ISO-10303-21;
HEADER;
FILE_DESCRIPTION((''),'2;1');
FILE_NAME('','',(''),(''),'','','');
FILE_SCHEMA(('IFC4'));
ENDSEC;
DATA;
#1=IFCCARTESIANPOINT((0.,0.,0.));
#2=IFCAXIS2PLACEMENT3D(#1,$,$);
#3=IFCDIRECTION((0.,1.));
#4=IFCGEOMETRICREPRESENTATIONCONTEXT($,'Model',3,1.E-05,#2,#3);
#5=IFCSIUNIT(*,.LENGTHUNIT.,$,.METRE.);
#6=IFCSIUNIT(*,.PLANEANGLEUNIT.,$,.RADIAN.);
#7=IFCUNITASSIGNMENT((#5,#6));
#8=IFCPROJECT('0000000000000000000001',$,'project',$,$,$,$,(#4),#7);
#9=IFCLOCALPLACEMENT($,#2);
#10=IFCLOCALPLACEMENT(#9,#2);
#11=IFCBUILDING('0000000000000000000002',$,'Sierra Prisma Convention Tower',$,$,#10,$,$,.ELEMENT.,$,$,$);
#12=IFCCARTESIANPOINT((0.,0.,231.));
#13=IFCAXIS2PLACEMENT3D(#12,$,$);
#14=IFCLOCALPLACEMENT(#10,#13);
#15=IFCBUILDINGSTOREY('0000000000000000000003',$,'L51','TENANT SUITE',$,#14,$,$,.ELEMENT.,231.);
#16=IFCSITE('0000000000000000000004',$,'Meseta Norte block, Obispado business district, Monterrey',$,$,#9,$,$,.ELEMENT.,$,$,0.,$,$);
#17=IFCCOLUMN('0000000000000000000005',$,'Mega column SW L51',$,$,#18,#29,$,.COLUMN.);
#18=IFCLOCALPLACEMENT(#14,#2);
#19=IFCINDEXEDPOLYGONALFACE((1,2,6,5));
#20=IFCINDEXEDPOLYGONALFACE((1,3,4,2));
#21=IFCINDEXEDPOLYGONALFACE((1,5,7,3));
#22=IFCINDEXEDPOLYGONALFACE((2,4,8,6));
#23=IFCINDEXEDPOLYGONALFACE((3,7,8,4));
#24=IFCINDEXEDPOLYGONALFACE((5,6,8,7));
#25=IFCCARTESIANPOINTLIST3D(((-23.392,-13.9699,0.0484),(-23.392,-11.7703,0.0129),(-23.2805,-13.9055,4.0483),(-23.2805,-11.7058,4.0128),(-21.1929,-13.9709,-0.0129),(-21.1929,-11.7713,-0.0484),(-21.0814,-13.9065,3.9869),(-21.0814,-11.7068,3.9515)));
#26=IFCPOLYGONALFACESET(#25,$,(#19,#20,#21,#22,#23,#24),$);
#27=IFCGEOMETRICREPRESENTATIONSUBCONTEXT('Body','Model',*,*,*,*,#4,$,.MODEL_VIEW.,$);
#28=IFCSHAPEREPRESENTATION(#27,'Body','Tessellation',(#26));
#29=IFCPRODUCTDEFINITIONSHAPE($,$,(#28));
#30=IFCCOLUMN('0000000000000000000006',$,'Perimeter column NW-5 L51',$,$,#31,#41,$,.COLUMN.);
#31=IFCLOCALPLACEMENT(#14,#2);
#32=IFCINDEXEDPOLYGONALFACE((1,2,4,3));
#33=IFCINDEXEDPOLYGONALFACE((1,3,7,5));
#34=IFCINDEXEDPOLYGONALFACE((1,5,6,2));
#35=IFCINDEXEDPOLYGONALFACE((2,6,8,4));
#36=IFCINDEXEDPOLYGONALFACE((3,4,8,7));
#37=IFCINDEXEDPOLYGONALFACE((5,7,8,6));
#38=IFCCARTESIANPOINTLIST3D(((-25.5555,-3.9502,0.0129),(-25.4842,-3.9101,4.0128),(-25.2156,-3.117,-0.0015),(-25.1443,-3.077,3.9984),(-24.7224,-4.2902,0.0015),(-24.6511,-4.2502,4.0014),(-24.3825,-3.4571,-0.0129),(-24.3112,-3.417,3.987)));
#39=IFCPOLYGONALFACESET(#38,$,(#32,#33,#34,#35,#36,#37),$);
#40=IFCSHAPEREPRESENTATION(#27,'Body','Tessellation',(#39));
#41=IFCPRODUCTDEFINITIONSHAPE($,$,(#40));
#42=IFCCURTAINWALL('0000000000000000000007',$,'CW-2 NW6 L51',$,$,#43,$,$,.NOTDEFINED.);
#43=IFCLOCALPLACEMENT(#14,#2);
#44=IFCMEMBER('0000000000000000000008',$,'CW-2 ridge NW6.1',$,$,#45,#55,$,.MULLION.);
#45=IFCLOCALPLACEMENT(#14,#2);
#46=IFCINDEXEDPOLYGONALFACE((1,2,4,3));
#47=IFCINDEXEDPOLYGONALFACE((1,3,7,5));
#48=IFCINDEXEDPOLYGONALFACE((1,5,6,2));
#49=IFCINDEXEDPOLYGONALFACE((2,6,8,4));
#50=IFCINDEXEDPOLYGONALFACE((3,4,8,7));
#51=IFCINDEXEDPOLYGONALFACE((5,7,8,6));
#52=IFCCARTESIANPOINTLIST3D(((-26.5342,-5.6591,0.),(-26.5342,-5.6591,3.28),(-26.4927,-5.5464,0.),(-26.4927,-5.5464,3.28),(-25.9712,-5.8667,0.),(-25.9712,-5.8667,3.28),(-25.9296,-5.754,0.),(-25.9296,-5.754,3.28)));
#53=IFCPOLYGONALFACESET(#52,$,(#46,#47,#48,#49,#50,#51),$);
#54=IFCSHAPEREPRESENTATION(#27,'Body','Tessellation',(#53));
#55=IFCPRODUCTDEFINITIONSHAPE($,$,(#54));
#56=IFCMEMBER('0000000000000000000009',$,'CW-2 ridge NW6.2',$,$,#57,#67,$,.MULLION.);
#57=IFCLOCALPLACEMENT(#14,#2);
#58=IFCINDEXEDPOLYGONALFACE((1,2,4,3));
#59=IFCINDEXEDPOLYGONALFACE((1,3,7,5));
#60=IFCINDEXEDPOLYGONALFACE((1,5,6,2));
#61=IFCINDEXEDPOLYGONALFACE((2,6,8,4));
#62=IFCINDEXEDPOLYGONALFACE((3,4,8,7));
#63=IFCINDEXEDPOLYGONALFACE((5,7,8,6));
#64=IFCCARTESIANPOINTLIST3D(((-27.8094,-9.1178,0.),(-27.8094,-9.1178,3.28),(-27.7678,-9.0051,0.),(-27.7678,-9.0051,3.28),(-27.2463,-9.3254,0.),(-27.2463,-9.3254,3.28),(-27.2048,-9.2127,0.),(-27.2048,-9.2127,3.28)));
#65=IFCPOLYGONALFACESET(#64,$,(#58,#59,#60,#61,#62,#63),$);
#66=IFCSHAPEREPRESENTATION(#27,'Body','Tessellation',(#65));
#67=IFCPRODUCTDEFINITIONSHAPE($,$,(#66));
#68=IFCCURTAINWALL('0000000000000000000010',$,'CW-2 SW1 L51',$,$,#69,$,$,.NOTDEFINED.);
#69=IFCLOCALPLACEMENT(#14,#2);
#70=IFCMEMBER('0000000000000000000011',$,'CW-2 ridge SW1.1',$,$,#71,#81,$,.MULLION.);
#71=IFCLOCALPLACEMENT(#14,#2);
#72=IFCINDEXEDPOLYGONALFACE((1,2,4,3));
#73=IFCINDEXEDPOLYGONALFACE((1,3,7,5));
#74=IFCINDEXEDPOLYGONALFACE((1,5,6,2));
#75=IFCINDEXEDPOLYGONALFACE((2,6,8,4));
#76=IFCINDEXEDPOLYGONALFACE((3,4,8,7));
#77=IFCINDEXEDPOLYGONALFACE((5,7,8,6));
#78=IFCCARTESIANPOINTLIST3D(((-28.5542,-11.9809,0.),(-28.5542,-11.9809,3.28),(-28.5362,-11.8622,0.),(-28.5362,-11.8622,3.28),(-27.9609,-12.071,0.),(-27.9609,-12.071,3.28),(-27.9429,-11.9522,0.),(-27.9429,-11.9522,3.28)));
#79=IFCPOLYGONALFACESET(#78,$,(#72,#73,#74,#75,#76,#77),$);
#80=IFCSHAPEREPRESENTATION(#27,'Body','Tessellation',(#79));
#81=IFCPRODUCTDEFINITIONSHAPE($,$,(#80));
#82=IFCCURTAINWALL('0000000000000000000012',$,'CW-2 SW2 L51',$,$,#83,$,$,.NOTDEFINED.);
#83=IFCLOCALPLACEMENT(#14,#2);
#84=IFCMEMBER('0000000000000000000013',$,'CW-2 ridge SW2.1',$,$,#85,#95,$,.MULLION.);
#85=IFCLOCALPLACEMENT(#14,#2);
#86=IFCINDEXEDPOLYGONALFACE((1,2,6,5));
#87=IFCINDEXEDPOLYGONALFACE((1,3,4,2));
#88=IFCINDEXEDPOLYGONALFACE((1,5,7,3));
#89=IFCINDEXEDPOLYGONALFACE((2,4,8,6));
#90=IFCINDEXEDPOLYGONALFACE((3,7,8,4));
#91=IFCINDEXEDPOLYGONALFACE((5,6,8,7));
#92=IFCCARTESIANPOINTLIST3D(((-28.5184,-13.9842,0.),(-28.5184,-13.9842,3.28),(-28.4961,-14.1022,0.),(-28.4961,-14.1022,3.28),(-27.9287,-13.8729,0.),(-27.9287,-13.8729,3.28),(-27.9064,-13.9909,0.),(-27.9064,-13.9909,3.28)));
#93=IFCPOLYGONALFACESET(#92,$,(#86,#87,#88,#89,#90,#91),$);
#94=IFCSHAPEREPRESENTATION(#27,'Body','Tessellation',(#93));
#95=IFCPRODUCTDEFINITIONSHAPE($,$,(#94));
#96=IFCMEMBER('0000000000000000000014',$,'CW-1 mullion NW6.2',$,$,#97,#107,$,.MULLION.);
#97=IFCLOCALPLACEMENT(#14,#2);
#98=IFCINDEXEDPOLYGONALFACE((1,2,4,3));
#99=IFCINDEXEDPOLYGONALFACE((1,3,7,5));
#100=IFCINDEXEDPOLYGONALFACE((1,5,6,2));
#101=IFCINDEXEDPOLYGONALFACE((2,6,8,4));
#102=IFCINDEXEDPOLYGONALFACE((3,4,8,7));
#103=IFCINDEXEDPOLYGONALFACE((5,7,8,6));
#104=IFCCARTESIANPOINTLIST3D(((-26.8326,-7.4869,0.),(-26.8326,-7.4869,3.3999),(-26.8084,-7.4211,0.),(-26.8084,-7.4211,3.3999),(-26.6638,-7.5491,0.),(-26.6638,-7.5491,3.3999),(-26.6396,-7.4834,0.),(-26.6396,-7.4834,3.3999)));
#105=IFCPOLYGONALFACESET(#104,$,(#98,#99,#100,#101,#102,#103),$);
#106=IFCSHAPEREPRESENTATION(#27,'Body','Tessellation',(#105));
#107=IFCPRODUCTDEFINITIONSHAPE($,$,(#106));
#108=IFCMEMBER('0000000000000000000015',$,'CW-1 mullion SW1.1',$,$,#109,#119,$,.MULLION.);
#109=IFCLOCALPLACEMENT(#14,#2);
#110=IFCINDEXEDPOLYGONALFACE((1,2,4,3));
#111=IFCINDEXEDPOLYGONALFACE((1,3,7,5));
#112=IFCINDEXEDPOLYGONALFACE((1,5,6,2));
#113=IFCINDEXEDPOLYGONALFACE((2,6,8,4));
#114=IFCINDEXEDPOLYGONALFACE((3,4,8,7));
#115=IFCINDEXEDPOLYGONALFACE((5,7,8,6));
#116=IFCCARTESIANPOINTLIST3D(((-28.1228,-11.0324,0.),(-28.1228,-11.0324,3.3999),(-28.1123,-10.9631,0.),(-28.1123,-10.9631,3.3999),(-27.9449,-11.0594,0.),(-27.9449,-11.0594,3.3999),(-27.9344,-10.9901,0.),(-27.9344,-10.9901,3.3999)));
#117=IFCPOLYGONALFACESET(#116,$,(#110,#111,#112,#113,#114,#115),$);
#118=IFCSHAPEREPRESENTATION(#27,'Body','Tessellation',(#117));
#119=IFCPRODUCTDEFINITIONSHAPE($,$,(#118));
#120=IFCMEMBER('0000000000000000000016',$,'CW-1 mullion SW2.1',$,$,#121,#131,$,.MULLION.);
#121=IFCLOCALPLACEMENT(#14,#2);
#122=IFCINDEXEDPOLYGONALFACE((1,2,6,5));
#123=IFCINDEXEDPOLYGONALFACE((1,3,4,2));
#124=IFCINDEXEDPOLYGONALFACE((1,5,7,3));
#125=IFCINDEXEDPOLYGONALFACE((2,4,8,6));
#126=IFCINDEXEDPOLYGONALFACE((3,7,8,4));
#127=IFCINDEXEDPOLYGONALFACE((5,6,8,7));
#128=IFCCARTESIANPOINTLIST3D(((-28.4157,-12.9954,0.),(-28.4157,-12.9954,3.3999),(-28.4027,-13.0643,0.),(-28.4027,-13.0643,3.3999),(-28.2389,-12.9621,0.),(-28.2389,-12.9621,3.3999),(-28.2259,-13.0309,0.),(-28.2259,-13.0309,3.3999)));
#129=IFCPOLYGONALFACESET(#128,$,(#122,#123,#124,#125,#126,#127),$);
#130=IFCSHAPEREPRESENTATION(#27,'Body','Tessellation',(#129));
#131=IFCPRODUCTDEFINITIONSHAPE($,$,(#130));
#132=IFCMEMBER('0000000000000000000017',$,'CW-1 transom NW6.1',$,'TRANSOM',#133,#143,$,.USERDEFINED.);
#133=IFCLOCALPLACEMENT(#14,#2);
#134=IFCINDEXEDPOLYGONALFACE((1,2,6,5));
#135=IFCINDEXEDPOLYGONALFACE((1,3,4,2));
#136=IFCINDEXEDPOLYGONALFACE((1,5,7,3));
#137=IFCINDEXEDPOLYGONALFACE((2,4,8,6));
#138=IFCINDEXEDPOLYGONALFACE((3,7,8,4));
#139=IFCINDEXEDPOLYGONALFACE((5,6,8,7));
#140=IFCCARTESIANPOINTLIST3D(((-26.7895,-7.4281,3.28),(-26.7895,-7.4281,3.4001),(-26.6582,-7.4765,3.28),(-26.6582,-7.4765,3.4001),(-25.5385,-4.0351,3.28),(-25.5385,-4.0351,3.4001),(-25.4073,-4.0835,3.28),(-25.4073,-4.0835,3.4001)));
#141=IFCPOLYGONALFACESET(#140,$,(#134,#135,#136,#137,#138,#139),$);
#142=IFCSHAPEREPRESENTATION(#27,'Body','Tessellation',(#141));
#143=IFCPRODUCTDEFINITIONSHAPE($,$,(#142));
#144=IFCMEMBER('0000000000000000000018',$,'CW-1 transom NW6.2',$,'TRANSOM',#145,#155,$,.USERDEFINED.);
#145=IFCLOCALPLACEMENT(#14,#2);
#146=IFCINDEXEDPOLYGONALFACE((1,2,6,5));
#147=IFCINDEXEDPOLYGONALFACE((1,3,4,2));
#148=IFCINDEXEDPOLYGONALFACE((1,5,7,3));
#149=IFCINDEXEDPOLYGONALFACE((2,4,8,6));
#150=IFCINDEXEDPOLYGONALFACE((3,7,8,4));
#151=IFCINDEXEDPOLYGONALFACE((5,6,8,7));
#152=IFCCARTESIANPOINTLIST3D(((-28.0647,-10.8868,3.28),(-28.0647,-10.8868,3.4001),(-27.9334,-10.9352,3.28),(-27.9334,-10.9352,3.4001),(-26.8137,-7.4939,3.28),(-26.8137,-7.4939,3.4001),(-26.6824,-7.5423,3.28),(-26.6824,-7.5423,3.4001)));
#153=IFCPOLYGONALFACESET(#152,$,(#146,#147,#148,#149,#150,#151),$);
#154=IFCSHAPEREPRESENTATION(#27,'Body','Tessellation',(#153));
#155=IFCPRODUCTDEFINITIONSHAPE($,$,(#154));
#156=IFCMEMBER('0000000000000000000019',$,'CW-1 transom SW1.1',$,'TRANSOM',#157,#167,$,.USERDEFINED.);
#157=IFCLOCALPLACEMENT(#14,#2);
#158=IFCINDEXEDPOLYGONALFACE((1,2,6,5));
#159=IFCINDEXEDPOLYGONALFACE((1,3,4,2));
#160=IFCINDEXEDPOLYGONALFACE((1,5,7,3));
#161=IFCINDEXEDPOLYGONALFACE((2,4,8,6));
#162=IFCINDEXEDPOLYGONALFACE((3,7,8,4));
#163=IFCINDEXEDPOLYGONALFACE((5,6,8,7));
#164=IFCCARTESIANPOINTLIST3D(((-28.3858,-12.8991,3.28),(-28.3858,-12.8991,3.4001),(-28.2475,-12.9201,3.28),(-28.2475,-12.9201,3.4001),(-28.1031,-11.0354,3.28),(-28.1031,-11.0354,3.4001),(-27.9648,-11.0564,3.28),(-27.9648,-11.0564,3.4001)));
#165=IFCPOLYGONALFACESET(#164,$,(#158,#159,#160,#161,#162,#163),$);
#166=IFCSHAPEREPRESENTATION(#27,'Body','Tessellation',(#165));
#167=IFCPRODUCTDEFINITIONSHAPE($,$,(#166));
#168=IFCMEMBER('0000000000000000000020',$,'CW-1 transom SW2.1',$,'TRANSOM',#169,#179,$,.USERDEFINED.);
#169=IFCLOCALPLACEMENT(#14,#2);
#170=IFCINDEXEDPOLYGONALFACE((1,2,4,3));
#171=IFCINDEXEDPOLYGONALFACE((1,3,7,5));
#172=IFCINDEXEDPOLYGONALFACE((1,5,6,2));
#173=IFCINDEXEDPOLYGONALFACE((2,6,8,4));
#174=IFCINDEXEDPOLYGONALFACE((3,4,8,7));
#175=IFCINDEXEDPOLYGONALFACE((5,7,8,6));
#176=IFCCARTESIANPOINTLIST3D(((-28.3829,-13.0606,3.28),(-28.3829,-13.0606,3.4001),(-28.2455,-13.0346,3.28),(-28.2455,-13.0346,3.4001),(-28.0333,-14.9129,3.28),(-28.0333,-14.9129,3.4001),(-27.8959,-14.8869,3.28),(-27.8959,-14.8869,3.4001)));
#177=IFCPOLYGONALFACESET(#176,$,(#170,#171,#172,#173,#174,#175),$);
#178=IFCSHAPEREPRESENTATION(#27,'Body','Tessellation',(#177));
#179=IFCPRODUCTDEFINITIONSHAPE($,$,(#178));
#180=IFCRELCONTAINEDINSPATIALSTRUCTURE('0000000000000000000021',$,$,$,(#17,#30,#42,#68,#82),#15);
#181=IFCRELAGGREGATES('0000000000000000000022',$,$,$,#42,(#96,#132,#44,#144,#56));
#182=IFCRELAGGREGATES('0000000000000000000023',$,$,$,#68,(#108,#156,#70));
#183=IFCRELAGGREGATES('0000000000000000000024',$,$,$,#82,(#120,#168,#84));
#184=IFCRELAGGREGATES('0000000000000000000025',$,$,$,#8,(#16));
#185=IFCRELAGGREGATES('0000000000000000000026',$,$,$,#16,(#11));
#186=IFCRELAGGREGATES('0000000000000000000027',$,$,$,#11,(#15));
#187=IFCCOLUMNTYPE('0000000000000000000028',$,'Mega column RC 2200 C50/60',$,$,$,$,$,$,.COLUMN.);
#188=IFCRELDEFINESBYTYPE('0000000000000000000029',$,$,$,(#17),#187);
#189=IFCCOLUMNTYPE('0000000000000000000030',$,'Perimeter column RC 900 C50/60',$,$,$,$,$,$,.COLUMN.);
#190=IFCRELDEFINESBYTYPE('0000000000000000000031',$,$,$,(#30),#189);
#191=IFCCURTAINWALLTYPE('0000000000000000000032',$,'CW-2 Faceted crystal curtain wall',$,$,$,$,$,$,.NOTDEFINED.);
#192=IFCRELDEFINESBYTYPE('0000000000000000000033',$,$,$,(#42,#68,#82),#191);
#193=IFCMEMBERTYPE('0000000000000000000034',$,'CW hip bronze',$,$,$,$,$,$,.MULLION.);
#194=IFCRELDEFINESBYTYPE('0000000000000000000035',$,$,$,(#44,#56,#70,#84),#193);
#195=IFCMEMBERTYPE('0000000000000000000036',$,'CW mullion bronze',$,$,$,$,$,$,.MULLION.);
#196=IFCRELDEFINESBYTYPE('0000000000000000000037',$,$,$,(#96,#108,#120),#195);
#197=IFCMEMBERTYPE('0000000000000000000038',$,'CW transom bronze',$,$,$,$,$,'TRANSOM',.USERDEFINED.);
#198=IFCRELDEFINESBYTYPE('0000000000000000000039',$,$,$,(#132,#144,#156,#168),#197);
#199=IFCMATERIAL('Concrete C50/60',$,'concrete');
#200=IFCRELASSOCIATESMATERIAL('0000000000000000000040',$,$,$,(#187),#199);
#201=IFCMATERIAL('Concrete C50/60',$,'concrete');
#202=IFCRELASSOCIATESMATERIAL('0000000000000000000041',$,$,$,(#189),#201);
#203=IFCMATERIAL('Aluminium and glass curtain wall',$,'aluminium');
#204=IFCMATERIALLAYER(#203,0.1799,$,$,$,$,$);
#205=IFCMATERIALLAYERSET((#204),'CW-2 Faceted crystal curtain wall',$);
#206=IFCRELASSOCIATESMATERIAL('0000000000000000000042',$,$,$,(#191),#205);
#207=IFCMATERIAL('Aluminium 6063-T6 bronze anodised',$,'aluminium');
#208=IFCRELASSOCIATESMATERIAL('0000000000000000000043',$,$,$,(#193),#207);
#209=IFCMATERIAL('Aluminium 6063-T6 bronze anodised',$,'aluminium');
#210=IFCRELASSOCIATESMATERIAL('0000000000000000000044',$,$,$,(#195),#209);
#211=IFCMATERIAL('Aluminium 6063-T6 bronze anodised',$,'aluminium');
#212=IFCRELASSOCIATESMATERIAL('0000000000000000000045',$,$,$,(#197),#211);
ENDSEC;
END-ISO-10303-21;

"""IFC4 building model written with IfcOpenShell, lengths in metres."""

from ifc_helpers import new_model, si_unit, direction, frame, origin, origin_2d, place, context, subcontext, project, spatial, rectangle, extrude, material, layer, layer_set, material_profile, profile_set, type_object, element, aggregate, save


model = new_model("IFC4")

# Units and contexts
model_context = context("Model", 3, precision=1e-05, world=origin(), true_north=direction((0.0, 1.0)))
body_context = subcontext(model_context, "Body", "Model", "MODEL_VIEW")
ifc_project = project(units=[si_unit("LENGTHUNIT", "METRE"), si_unit("PLANEANGLEUNIT", "RADIAN")], contexts=[model_context])

# Site, building, storey
site_placement = place(None, origin())
site = spatial("IfcSite", under=ifc_project, at=site_placement, Name="Meseta Norte block, Obispado business district, Monterrey", CompositionType="ELEMENT", RefElevation=0.0)
building_placement = place(site_placement, origin())
building = spatial("IfcBuilding", under=site, at=building_placement, Name="Sierra Prisma Convention Tower", CompositionType="ELEMENT")
storey_placement = place(building_placement, frame((0.0, 0.0, 231.0)))
storey = spatial("IfcBuildingStorey", under=building, at=storey_placement, Name="L51", Description="TENANT SUITE", CompositionType="ELEMENT", Elevation=231.0)

# Columns
ifc_material_1 = material(Name="Concrete C50/60", Category="concrete")
ifc_material_profile_1 = material_profile(ifc_material_1, rectangle(XDim=2.2, YDim=2.2, at=origin_2d()), Name="Mega column RC 2200 C50/60")
ifc_profile_set_1 = profile_set([ifc_material_profile_1], Name="Concrete C50/60")
column_type_1 = type_object("IfcColumnType", Name="Mega column RC 2200 C50/60", PredefinedType="COLUMN", material=ifc_profile_set_1)
column_1_placement = place(storey_placement, frame((-22.2925, -12.8706, 0.0), z_axis=(0.027879, 0.016105, 0.999482), x_axis=(0.999611, -0.000449, -0.027875)))
element("IfcColumn", 1, at=column_1_placement, inside=storey, type_object=column_type_1, Name="Mega column SW L51", PredefinedType="COLUMN", context=body_context, shape_type="SweptSolid", body=[
    extrude(rectangle(XDim=2.2, YDim=2.2, at=origin_2d()), origin(), (0.0, 0.0, 1.0), 4.002),
])
ifc_material_2 = material(Name="Concrete C50/60", Category="concrete")
ifc_material_profile_2 = material_profile(ifc_material_2, rectangle(XDim=0.8999, YDim=0.8999, at=origin_2d()), Name="Perimeter column RC 900 C50/60")
ifc_profile_set_2 = profile_set([ifc_material_profile_2], Name="Concrete C50/60")
column_type_2 = type_object("IfcColumnType", Name="Perimeter column RC 900 C50/60", PredefinedType="COLUMN", material=ifc_profile_set_2)
column_2_placement = place(storey_placement, frame((-24.969, -3.7036, 0.0), z_axis=(0.017819, 0.010008, 0.999791), x_axis=(0.37764, 0.925814, -0.015998)))
element("IfcColumn", 2, at=column_2_placement, inside=storey, type_object=column_type_2, Name="Perimeter column NW-5 L51", PredefinedType="COLUMN", context=body_context, shape_type="SweptSolid", body=[
    extrude(rectangle(XDim=0.8999, YDim=0.8999, at=origin_2d()), origin(), (0.0, 0.0, 1.0), 4.0007),
])

# Curtain wall, members
ifc_material_3 = material(Name="Aluminium and glass curtain wall", Category="aluminium")
ifc_layer_1 = layer(ifc_material_3, 0.1799)
ifc_layer_set_1 = layer_set([ifc_layer_1], Name="CW-2 Faceted crystal curtain wall")
curtain_wall_type = type_object("IfcCurtainWallType", Name="CW-2 Faceted crystal curtain wall", PredefinedType="NOTDEFINED", material=ifc_layer_set_1)
curtain_wall_1_placement = place(storey_placement, origin())
curtain_wall_1 = element("IfcCurtainWall", 3, at=curtain_wall_1_placement, inside=storey, type_object=curtain_wall_type, Name="CW-2 NW6 L51", PredefinedType="NOTDEFINED")
ifc_material_4 = material(Name="Aluminium 6063-T6 bronze anodised", Category="aluminium")
ifc_material_profile_3 = material_profile(ifc_material_4, rectangle(XDim=0.1201, YDim=0.6001, at=origin_2d()), Name="ALU RIDGE BLADE 120x600")
ifc_profile_set_3 = profile_set([ifc_material_profile_3], Name="Aluminium 6063-T6 bronze anodised")
member_type_1 = type_object("IfcMemberType", Name="CW hip bronze", PredefinedType="MULLION", material=ifc_profile_set_3)
member_1_placement = place(storey_placement, frame((-26.2319, -5.7065, 0.0), z_axis=(0.0, 0.0, 1.0), x_axis=(-0.345939, -0.938257, 0.0)))
member_1 = element("IfcMember", 4, at=member_1_placement, type_object=member_type_1, Name="CW-2 ridge NW6.1", PredefinedType="MULLION", context=body_context, shape_type="SweptSolid", body=[
    extrude(rectangle(XDim=0.1201, YDim=0.6001, at=origin_2d()), origin(), (0.0, 0.0, 1.0), 3.28),
])
member_2_placement = place(storey_placement, frame((-27.5071, -9.1653, 0.0), z_axis=(0.0, 0.0, 1.0), x_axis=(-0.345939, -0.938257, 0.0)))
member_2 = element("IfcMember", 5, at=member_2_placement, type_object=member_type_1, Name="CW-2 ridge NW6.2", PredefinedType="MULLION", context=body_context, shape_type="SweptSolid", body=[
    extrude(rectangle(XDim=0.1201, YDim=0.6001, at=origin_2d()), origin(), (0.0, 0.0, 1.0), 3.28),
])

# Curtain walls, members
curtain_wall_2_placement = place(storey_placement, origin())
curtain_wall_2 = element("IfcCurtainWall", 6, at=curtain_wall_2_placement, inside=storey, type_object=curtain_wall_type, Name="CW-2 SW1 L51", PredefinedType="NOTDEFINED")
member_3_placement = place(storey_placement, frame((-28.2485, -11.9666, 0.0), z_axis=(0.0, 0.0, 1.0), x_axis=(-0.150045, -0.988679, 0.0)))
member_3 = element("IfcMember", 7, at=member_3_placement, type_object=member_type_1, Name="CW-2 ridge SW1.1", PredefinedType="MULLION", context=body_context, shape_type="SweptSolid", body=[
    extrude(rectangle(XDim=0.1201, YDim=0.6001, at=origin_2d()), origin(), (0.0, 0.0, 1.0), 3.28),
])
curtain_wall_3_placement = place(storey_placement, origin())
curtain_wall_3 = element("IfcCurtainWall", 8, at=curtain_wall_3_placement, inside=storey, type_object=curtain_wall_type, Name="CW-2 SW2 L51", PredefinedType="NOTDEFINED")
member_4_placement = place(storey_placement, frame((-28.2124, -13.9875, 0.0), z_axis=(0.0, 0.0, 1.0), x_axis=(0.185413, -0.982661, 0.0)))
member_4 = element("IfcMember", 9, at=member_4_placement, type_object=member_type_1, Name="CW-2 ridge SW2.1", PredefinedType="MULLION", context=body_context, shape_type="SweptSolid", body=[
    extrude(rectangle(XDim=0.1201, YDim=0.6001, at=origin_2d()), origin(), (0.0, 0.0, 1.0), 3.28),
])

# Members
ifc_material_5 = material(Name="Aluminium 6063-T6 bronze anodised", Category="aluminium")
ifc_material_profile_4 = material_profile(ifc_material_5, rectangle(XDim=0.1799, YDim=0.0701, at=origin_2d()), Name="ALU MULLION 70x180")
ifc_profile_set_4 = profile_set([ifc_material_profile_4], Name="Aluminium 6063-T6 bronze anodised")
member_type_2 = type_object("IfcMemberType", Name="CW mullion bronze", PredefinedType="MULLION", material=ifc_profile_set_4)
member_5_placement = place(storey_placement, frame((-26.7361, -7.4851, 0.0), z_axis=(0.0, 0.0, 1.0), x_axis=(0.938257, -0.345939, 0.0)))
member_5 = element("IfcMember", 10, at=member_5_placement, type_object=member_type_2, Name="CW-1 mullion NW6.2", PredefinedType="MULLION", context=body_context, shape_type="SweptSolid", body=[
    extrude(rectangle(XDim=0.1799, YDim=0.0701, at=origin_2d()), origin(), (0.0, 0.0, 1.0), 3.3999),
])
member_6_placement = place(storey_placement, frame((-28.0286, -11.0112, 0.0), z_axis=(0.0, 0.0, 1.0), x_axis=(0.988679, -0.150045, 0.0)))
member_6 = element("IfcMember", 11, at=member_6_placement, type_object=member_type_2, Name="CW-1 mullion SW1.1", PredefinedType="MULLION", context=body_context, shape_type="SweptSolid", body=[
    extrude(rectangle(XDim=0.1799, YDim=0.0701, at=origin_2d()), origin(), (0.0, 0.0, 1.0), 3.3999),
])
member_7_placement = place(storey_placement, frame((-28.3208, -13.0132, 0.0), z_axis=(0.0, 0.0, 1.0), x_axis=(0.982661, 0.185413, 0.0)))
member_7 = element("IfcMember", 12, at=member_7_placement, type_object=member_type_2, Name="CW-1 mullion SW2.1", PredefinedType="MULLION", context=body_context, shape_type="SweptSolid", body=[
    extrude(rectangle(XDim=0.1799, YDim=0.0701, at=origin_2d()), origin(), (0.0, 0.0, 1.0), 3.3999),
])
ifc_material_6 = material(Name="Aluminium 6063-T6 bronze anodised", Category="aluminium")
ifc_material_profile_5 = material_profile(ifc_material_6, rectangle(XDim=0.1399, YDim=0.1201, at=origin_2d()), Name="ALU TRANSOM 120x140")
ifc_profile_set_5 = profile_set([ifc_material_profile_5], Name="Aluminium 6063-T6 bronze anodised")
member_type_3 = type_object("IfcMemberType", Name="CW transom bronze", ElementType="TRANSOM", PredefinedType="USERDEFINED", material=ifc_profile_set_5)
member_8_placement = place(storey_placement, frame((-25.4729, -4.0593, 3.3401), z_axis=(-0.345924, -0.938262, 0.0), x_axis=(0.938262, -0.345924, 0.0)))
member_8 = element("IfcMember", 13, at=member_8_placement, type_object=member_type_3, Name="CW-1 transom NW6.1", ObjectType="TRANSOM", PredefinedType="USERDEFINED", context=body_context, shape_type="SweptSolid", body=[
    extrude(rectangle(XDim=0.1399, YDim=0.1201, at=origin_2d()), origin(), (0.0, 0.0, 1.0), 3.6162),
])
member_9_placement = place(storey_placement, frame((-26.748, -7.5181, 3.3401), z_axis=(-0.345946, -0.938254, 0.0), x_axis=(0.938254, -0.345946, 0.0)))
member_9 = element("IfcMember", 14, at=member_9_placement, type_object=member_type_3, Name="CW-1 transom NW6.2", ObjectType="TRANSOM", PredefinedType="USERDEFINED", context=body_context, shape_type="SweptSolid", body=[
    extrude(rectangle(XDim=0.1399, YDim=0.1201, at=origin_2d()), origin(), (0.0, 0.0, 1.0), 3.6162),
])
member_10_placement = place(storey_placement, frame((-28.0339, -11.0459, 3.3401), z_axis=(-0.149974, -0.98869, 0.0), x_axis=(0.98869, -0.149974, 0.0)))
member_10 = element("IfcMember", 15, at=member_10_placement, type_object=member_type_3, Name="CW-1 transom SW1.1", ObjectType="TRANSOM", PredefinedType="USERDEFINED", context=body_context, shape_type="SweptSolid", body=[
    extrude(rectangle(XDim=0.1399, YDim=0.1201, at=origin_2d()), origin(), (0.0, 0.0, 1.0), 1.885),
])
member_11_placement = place(storey_placement, frame((-28.3142, -13.0476, 3.3401), z_axis=(0.185469, -0.98265, 0.0), x_axis=(0.98265, 0.185469, 0.0)))
member_11 = element("IfcMember", 16, at=member_11_placement, type_object=member_type_3, Name="CW-1 transom SW2.1", ObjectType="TRANSOM", PredefinedType="USERDEFINED", context=body_context, shape_type="SweptSolid", body=[
    extrude(rectangle(XDim=0.1399, YDim=0.1201, at=origin_2d()), origin(), (0.0, 0.0, 1.0), 1.885),
])

aggregate(curtain_wall_1, [member_5, member_8, member_1, member_9, member_2])
aggregate(curtain_wall_2, [member_6, member_10, member_3])
aggregate(curtain_wall_3, [member_7, member_11, member_4])

save(model, "model.ifc")
